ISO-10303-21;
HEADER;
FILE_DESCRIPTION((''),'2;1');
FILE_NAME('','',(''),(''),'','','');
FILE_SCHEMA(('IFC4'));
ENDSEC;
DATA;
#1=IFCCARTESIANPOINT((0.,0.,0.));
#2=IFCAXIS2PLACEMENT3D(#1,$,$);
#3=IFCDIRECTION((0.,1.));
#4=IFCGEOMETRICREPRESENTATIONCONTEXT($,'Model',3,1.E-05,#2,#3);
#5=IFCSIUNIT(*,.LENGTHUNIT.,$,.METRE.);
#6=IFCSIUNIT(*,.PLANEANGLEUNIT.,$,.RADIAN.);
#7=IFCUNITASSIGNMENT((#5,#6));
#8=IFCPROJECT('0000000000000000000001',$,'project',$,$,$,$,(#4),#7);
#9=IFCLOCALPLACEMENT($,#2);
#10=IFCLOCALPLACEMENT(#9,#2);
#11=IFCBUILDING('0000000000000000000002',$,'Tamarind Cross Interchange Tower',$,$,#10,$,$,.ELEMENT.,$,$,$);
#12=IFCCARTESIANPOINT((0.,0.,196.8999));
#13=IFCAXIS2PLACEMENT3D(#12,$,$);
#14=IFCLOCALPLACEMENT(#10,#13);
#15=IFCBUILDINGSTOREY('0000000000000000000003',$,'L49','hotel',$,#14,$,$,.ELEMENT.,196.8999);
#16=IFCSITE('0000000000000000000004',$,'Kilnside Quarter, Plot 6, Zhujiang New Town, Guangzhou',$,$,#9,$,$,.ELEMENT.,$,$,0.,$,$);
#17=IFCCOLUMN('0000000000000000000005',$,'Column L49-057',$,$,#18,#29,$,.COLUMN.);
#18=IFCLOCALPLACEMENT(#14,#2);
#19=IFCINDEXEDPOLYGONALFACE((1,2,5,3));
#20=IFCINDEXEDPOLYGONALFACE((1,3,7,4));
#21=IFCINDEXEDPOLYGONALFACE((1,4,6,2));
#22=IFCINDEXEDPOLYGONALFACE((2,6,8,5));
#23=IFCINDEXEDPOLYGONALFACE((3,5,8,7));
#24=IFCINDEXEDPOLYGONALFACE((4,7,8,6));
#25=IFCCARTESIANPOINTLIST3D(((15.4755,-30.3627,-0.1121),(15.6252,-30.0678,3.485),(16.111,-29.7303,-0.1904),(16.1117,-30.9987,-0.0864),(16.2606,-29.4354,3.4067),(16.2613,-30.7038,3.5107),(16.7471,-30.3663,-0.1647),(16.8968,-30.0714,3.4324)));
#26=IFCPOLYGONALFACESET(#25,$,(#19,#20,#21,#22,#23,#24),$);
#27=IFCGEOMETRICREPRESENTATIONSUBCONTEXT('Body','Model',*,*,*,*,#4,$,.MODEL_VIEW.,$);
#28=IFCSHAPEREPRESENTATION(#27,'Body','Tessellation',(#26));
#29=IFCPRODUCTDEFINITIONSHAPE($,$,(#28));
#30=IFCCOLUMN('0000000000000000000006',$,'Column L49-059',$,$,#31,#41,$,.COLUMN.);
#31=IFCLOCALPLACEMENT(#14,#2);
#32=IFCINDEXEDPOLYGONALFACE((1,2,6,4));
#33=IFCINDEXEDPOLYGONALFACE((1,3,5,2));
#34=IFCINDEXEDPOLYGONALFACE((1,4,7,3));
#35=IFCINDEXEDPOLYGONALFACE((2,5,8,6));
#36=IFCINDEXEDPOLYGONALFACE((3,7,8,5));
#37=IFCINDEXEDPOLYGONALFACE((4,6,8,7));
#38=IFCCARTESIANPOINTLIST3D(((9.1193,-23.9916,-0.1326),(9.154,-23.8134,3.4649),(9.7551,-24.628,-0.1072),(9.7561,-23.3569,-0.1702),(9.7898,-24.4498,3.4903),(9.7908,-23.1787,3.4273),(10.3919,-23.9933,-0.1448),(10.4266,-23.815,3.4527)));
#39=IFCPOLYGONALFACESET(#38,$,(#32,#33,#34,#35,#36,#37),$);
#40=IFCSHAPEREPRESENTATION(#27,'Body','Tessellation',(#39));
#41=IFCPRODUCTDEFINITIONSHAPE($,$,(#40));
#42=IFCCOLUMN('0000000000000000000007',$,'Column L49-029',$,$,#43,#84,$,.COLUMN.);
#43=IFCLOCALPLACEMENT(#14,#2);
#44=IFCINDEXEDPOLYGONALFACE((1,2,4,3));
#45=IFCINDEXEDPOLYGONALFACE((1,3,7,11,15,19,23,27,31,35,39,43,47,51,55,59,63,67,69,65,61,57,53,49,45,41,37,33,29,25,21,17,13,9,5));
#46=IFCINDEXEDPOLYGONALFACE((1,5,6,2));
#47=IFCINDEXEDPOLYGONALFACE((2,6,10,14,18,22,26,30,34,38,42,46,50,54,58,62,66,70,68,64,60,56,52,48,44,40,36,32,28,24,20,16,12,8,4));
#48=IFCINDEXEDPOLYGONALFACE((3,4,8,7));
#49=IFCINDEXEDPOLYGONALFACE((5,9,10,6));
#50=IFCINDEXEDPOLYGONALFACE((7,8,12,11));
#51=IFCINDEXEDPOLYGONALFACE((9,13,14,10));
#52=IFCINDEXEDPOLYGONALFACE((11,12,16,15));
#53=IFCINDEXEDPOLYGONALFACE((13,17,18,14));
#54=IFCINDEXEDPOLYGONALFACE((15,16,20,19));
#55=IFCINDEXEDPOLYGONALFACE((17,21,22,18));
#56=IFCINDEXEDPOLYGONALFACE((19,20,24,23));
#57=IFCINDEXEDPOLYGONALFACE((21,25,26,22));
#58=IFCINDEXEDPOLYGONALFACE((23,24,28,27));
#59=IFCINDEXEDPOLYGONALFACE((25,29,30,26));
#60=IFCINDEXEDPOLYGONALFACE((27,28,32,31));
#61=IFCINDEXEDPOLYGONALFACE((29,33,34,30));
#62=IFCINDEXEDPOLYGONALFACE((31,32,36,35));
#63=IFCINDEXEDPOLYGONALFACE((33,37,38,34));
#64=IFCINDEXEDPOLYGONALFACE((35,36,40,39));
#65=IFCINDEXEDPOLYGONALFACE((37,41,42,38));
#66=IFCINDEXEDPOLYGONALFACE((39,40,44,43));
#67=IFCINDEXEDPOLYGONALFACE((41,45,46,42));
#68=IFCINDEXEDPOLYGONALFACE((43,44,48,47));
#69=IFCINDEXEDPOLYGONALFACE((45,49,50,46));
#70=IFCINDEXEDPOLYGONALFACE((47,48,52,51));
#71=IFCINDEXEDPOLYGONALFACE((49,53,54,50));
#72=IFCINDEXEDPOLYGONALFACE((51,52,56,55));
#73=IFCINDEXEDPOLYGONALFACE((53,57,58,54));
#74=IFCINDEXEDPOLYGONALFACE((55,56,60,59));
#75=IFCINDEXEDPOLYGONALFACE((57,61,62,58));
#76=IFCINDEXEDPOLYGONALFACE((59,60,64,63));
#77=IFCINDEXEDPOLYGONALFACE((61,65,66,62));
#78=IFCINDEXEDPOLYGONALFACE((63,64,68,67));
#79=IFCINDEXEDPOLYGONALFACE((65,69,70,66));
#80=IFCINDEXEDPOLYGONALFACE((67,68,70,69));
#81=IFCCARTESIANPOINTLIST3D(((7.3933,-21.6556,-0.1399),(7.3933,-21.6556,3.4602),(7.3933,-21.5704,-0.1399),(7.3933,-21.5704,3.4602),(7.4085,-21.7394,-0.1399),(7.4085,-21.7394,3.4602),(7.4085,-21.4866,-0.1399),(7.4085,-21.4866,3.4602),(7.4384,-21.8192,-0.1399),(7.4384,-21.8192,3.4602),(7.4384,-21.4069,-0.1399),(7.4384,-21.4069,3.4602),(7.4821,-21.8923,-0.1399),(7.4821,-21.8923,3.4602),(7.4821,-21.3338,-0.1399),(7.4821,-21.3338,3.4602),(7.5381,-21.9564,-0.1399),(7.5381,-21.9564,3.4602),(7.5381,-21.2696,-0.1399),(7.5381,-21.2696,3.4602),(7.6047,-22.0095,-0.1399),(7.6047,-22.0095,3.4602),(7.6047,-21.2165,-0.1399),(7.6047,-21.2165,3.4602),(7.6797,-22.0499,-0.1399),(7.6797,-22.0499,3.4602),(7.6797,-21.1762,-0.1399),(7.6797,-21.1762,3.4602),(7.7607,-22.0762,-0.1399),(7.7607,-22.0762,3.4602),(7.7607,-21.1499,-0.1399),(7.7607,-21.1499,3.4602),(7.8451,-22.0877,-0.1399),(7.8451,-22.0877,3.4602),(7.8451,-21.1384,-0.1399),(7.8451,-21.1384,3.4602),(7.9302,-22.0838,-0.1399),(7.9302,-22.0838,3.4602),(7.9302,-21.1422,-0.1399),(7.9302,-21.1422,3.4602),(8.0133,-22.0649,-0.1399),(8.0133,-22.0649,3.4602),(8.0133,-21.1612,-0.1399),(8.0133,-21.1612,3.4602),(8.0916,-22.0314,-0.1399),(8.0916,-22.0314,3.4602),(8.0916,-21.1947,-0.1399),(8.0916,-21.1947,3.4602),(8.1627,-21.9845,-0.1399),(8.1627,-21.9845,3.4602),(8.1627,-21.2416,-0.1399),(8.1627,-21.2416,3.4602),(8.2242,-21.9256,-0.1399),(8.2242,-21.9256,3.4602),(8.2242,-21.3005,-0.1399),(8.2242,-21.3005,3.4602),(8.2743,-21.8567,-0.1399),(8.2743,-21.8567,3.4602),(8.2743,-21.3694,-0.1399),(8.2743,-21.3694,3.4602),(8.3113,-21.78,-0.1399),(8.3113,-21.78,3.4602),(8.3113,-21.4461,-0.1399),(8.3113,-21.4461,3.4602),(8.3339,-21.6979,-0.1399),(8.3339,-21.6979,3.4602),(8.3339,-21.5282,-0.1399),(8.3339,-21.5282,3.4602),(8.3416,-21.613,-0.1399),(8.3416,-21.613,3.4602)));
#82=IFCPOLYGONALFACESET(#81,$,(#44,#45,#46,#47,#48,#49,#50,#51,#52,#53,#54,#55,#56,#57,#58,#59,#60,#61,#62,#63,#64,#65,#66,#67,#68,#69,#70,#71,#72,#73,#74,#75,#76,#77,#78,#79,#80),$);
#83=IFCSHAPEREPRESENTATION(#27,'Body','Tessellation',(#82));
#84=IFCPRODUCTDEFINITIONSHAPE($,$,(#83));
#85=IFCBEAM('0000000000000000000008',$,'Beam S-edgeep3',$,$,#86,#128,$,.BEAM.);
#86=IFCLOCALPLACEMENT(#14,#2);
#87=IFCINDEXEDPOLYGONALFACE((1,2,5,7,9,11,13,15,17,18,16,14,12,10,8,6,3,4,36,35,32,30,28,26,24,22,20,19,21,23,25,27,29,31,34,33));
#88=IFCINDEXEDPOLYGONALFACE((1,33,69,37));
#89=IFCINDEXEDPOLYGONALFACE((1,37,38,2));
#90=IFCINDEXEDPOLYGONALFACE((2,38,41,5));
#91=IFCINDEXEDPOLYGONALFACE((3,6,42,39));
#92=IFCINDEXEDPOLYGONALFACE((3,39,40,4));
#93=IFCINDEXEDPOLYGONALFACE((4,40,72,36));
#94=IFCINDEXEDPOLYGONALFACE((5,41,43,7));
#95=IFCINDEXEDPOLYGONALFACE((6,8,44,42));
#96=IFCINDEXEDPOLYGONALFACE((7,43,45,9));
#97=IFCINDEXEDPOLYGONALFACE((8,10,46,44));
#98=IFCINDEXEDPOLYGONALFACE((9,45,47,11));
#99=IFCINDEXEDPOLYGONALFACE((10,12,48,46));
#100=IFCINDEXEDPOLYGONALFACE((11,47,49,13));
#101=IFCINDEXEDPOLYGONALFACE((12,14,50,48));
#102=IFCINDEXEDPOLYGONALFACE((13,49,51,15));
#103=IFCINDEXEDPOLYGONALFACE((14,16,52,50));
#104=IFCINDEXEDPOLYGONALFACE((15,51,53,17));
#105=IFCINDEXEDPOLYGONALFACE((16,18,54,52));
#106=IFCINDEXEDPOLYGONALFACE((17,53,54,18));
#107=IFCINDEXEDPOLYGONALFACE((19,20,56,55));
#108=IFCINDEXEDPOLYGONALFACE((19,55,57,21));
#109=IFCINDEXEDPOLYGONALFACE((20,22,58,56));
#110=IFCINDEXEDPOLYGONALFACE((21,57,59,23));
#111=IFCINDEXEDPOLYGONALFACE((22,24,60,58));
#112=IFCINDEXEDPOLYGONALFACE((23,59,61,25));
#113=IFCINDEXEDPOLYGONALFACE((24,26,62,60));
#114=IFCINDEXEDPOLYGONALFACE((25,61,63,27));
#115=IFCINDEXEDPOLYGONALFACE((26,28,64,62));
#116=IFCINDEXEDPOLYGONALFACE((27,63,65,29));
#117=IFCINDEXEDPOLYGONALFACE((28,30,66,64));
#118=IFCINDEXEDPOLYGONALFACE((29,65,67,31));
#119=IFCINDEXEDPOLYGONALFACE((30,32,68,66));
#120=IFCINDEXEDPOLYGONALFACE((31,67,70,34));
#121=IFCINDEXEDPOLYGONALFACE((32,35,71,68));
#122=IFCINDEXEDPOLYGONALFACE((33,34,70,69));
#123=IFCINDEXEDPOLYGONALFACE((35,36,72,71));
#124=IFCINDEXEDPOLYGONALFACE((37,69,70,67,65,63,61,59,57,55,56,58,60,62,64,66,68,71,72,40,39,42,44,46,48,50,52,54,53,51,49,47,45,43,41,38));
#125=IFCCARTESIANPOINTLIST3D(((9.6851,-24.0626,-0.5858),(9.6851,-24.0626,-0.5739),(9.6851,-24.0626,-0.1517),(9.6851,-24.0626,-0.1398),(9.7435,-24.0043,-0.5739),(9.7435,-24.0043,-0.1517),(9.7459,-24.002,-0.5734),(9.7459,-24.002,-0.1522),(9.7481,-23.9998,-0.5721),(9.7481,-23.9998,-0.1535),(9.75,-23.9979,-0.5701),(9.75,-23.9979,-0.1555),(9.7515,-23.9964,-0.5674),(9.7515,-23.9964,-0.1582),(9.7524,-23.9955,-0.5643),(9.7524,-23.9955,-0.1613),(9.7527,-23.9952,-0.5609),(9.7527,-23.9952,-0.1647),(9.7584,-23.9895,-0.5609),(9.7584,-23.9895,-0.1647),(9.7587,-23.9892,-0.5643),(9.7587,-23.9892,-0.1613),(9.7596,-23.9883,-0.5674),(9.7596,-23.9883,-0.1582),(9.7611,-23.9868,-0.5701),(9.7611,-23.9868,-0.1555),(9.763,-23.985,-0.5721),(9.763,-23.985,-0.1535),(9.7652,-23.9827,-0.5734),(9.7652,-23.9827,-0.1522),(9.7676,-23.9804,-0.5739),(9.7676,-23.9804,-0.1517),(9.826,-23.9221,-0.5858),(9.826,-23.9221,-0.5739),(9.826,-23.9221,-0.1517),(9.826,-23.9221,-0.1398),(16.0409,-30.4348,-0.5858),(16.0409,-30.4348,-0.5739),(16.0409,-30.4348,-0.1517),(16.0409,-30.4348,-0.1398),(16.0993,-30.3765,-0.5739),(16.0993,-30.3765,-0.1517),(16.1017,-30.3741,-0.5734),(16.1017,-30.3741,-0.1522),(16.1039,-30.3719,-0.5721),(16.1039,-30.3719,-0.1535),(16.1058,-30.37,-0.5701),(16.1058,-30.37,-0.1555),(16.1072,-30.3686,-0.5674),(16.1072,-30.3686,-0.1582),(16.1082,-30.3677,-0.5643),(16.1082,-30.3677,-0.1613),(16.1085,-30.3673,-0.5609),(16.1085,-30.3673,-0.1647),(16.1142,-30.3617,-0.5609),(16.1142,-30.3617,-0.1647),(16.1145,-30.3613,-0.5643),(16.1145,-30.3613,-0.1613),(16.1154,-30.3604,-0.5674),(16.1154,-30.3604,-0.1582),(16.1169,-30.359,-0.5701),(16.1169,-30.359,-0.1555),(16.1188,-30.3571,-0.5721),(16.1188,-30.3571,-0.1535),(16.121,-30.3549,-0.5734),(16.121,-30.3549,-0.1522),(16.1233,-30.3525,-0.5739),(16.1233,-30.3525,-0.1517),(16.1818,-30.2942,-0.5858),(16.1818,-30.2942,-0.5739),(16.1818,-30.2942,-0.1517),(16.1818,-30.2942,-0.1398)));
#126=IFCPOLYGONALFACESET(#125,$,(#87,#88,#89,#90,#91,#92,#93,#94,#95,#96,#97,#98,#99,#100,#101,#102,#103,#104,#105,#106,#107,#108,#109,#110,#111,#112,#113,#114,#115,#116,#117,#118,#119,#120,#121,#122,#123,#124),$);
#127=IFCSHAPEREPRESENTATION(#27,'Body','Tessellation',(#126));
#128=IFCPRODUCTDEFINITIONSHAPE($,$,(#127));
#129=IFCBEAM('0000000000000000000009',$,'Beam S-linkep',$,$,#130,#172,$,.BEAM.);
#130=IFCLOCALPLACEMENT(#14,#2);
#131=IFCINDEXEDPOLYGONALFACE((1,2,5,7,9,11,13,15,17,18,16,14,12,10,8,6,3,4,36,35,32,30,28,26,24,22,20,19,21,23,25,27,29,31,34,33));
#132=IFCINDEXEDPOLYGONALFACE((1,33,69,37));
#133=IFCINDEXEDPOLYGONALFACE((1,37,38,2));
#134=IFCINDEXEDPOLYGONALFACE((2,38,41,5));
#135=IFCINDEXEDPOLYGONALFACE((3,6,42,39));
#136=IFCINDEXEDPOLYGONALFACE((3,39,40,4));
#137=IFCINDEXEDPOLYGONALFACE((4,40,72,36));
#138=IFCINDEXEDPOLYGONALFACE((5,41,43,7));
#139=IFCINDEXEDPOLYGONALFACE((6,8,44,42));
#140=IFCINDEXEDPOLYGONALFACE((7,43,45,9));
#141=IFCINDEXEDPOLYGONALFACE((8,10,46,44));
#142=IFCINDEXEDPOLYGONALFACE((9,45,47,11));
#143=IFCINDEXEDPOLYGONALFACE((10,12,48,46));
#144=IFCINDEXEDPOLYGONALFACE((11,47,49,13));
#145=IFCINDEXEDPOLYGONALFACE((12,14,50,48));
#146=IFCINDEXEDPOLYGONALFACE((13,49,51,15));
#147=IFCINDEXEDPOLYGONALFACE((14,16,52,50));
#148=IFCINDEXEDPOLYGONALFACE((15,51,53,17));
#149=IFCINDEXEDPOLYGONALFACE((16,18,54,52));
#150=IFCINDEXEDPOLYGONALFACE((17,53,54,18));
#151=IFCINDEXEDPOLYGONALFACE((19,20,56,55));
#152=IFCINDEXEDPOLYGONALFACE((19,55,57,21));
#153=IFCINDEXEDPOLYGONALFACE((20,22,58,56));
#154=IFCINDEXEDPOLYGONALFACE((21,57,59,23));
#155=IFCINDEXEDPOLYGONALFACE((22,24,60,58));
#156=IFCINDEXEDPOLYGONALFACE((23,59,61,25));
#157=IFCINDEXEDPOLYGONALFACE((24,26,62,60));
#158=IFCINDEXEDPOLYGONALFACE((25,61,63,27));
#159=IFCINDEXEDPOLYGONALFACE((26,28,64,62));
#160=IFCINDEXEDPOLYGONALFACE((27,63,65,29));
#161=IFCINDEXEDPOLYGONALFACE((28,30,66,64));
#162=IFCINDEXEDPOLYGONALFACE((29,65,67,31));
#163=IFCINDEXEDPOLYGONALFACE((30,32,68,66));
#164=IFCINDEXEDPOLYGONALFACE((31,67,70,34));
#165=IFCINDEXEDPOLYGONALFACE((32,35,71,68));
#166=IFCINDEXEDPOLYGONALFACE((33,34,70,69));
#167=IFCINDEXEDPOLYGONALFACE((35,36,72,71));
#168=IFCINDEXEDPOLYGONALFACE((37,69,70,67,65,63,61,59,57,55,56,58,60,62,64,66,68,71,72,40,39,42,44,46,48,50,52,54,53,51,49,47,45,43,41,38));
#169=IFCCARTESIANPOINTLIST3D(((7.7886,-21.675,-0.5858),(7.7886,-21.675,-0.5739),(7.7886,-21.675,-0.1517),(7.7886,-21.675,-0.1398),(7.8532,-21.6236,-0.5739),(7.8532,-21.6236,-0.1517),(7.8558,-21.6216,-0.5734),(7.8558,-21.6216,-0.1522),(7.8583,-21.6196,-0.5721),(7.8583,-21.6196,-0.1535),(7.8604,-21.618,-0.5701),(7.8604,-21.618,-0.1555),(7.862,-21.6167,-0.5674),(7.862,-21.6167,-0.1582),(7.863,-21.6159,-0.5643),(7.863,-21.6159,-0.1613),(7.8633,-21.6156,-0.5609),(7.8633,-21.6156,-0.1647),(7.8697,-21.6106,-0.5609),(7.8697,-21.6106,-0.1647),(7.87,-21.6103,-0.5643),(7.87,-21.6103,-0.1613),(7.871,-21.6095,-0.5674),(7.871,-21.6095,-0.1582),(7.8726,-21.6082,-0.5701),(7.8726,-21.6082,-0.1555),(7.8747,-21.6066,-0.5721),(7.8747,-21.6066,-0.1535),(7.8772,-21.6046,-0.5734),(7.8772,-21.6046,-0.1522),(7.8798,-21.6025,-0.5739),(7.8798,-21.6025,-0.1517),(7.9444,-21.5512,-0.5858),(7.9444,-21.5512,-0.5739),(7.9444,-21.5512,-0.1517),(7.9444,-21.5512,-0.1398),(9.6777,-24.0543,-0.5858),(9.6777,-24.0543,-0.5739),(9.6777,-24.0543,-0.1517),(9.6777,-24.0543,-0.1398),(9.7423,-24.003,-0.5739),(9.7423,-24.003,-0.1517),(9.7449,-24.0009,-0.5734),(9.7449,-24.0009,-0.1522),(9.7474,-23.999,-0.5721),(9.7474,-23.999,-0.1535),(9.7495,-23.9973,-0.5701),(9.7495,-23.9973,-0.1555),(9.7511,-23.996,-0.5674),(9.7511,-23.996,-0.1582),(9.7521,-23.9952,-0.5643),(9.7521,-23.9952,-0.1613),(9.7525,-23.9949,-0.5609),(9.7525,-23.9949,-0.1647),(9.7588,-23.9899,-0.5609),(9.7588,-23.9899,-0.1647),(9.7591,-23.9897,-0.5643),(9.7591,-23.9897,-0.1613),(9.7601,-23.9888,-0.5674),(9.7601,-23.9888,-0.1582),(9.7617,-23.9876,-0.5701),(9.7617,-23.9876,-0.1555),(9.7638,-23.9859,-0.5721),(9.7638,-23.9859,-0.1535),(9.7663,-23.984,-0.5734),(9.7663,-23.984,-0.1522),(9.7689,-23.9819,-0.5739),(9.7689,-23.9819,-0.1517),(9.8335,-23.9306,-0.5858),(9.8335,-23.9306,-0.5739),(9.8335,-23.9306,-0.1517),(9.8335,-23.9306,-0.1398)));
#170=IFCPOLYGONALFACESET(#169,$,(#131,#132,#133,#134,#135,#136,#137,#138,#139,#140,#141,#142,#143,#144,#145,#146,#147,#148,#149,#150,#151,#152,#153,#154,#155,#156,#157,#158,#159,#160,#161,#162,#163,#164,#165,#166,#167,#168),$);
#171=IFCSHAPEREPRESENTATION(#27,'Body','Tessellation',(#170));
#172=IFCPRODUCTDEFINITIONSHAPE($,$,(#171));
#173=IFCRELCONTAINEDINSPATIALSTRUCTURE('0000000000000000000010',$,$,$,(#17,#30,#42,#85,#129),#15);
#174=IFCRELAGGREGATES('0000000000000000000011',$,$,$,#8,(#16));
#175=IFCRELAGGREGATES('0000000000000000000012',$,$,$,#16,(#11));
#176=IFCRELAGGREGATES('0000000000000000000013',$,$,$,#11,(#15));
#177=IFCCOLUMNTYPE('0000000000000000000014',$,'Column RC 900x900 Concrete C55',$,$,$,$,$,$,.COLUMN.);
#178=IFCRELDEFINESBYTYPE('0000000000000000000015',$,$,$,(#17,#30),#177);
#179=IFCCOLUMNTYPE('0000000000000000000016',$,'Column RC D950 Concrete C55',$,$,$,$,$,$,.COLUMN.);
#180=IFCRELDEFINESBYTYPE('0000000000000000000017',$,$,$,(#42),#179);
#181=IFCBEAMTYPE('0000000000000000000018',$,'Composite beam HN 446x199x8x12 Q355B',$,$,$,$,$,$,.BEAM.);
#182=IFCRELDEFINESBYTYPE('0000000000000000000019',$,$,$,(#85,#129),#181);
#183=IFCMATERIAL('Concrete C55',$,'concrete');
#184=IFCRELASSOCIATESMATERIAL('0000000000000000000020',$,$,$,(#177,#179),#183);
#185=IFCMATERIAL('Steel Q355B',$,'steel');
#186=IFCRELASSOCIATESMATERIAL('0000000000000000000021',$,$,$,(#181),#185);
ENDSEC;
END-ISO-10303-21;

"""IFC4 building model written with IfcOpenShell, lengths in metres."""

from ifc_helpers import new_model, si_unit, direction, frame, origin, origin_2d, place, context, subcontext, project, spatial, rectangle, circle, i_section, extrude, material, material_profile, profile_set, type_object, element, save


model = new_model("IFC4")

# Units and contexts
model_context = context("Model", 3, precision=1e-05, world=origin(), true_north=direction((0.0, 1.0)))
body_context = subcontext(model_context, "Body", "Model", "MODEL_VIEW")
ifc_project = project(units=[si_unit("LENGTHUNIT", "METRE"), si_unit("PLANEANGLEUNIT", "RADIAN")], contexts=[model_context])

# Site, building, storey
site_placement = place(None, origin())
site = spatial("IfcSite", under=ifc_project, at=site_placement, Name="Kilnside Quarter, Plot 6, Zhujiang New Town, Guangzhou", CompositionType="ELEMENT", RefElevation=0.0)
building_placement = place(site_placement, origin())
building = spatial("IfcBuilding", under=site, at=building_placement, Name="Tamarind Cross Interchange Tower", CompositionType="ELEMENT")
storey_placement = place(building_placement, frame((0.0, 0.0, 196.8999)))
storey = spatial("IfcBuildingStorey", under=building, at=storey_placement, Name="L49", Description="hotel", CompositionType="ELEMENT", Elevation=196.8999)

# Columns
ifc_material_1 = material(Name="Concrete C55", Category="concrete")
ifc_material_profile_1 = material_profile(ifc_material_1, rectangle(XDim=0.8999, YDim=0.8999, at=origin_2d()), Name="RC 900x900")
ifc_profile_set_1 = profile_set([ifc_material_profile_1], Name="Concrete C55")
column_type_1 = type_object("IfcColumnType", Name="Column RC 900x900 Concrete C55", PredefinedType="COLUMN", material=ifc_profile_set_1)
column_1_placement = place(storey_placement, frame((16.1113, -30.3645, -0.1384), z_axis=(0.04143, 0.081643, 0.9958), x_axis=(-0.706095, -0.702753, 0.086993)))
element("IfcColumn", 1, at=column_1_placement, inside=storey, type_object=column_type_1, Name="Column L49-057", PredefinedType="COLUMN", context=body_context, shape_type="SweptSolid", body=[
    extrude(rectangle(XDim=0.8999, YDim=0.8999, at=origin_2d()), origin(), (0.0, 0.0, 1.0), 3.6123),
])
column_2_placement = place(storey_placement, frame((9.7556, -23.9924, -0.1387), z_axis=(0.009625, 0.049479, 0.998729), x_axis=(-0.707653, -0.705325, 0.041763)))
element("IfcColumn", 2, at=column_2_placement, inside=storey, type_object=column_type_1, Name="Column L49-059", PredefinedType="COLUMN", context=body_context, shape_type="SweptSolid", body=[
    extrude(rectangle(XDim=0.8999, YDim=0.8999, at=origin_2d()), origin(), (0.0, 0.0, 1.0), 3.6021),
])
ifc_material_profile_2 = material_profile(ifc_material_1, circle(Radius=0.4751, at=origin_2d()), Name="RC D950")
ifc_profile_set_2 = profile_set([ifc_material_profile_2], Name="Concrete C55")
column_type_2 = type_object("IfcColumnType", Name="Column RC D950 Concrete C55", PredefinedType="COLUMN", material=ifc_profile_set_2)
column_3_placement = place(storey_placement, frame((7.8665, -21.613, -0.1399), z_axis=(0.0, 0.0, 1.0), x_axis=(1.0, 0.0, 0.0)))
element("IfcColumn", 3, at=column_3_placement, inside=storey, type_object=column_type_2, Name="Column L49-029", PredefinedType="COLUMN", context=body_context, shape_type="SweptSolid", body=[
    extrude(circle(Radius=0.4751, at=origin_2d()), origin(), (0.0, 0.0, 1.0), 3.6001),
])

# Beams
ifc_material_2 = material(Name="Steel Q355B", Category="steel")
ifc_material_profile_3 = material_profile(ifc_material_2, i_section(OverallWidth=0.199, OverallDepth=0.446, WebThickness=0.0081, FlangeThickness=0.012, FilletRadius=0.0129, at=origin_2d()), Name="HN 446x199x8x12")
ifc_profile_set_3 = profile_set([ifc_material_profile_3], Name="Steel Q355B")
beam_type = type_object("IfcBeamType", Name="Composite beam HN 446x199x8x12 Q355B", PredefinedType="BEAM", material=ifc_profile_set_3)
beam_1_placement = place(storey_placement, frame((16.1113, -30.3645, -0.3628), z_axis=(-0.706197, 0.708015, 0.0), x_axis=(-0.708015, -0.706197, 0.0)))
element("IfcBeam", 4, at=beam_1_placement, inside=storey, type_object=beam_type, Name="Beam S-edgeep3", PredefinedType="BEAM", context=body_context, shape_type="SweptSolid", body=[
    extrude(i_section(OverallWidth=0.199, OverallDepth=0.446, WebThickness=0.0081, FlangeThickness=0.012, FilletRadius=0.0129, at=origin_2d()), origin(), (0.0, 0.0, 1.0), 9.0),
])
beam_2_placement = place(storey_placement, frame((9.7556, -23.9924, -0.3628), z_axis=(-0.62181, 0.783168, 0.0), x_axis=(-0.783168, -0.62181, 0.0)))
element("IfcBeam", 5, at=beam_2_placement, inside=storey, type_object=beam_type, Name="Beam S-linkep", PredefinedType="BEAM", context=body_context, shape_type="SweptSolid", body=[
    extrude(i_section(OverallWidth=0.199, OverallDepth=0.446, WebThickness=0.0081, FlangeThickness=0.012, FilletRadius=0.0129, at=origin_2d()), origin(), (0.0, 0.0, 1.0), 3.0381),
])

save(model, "model.ifc")
